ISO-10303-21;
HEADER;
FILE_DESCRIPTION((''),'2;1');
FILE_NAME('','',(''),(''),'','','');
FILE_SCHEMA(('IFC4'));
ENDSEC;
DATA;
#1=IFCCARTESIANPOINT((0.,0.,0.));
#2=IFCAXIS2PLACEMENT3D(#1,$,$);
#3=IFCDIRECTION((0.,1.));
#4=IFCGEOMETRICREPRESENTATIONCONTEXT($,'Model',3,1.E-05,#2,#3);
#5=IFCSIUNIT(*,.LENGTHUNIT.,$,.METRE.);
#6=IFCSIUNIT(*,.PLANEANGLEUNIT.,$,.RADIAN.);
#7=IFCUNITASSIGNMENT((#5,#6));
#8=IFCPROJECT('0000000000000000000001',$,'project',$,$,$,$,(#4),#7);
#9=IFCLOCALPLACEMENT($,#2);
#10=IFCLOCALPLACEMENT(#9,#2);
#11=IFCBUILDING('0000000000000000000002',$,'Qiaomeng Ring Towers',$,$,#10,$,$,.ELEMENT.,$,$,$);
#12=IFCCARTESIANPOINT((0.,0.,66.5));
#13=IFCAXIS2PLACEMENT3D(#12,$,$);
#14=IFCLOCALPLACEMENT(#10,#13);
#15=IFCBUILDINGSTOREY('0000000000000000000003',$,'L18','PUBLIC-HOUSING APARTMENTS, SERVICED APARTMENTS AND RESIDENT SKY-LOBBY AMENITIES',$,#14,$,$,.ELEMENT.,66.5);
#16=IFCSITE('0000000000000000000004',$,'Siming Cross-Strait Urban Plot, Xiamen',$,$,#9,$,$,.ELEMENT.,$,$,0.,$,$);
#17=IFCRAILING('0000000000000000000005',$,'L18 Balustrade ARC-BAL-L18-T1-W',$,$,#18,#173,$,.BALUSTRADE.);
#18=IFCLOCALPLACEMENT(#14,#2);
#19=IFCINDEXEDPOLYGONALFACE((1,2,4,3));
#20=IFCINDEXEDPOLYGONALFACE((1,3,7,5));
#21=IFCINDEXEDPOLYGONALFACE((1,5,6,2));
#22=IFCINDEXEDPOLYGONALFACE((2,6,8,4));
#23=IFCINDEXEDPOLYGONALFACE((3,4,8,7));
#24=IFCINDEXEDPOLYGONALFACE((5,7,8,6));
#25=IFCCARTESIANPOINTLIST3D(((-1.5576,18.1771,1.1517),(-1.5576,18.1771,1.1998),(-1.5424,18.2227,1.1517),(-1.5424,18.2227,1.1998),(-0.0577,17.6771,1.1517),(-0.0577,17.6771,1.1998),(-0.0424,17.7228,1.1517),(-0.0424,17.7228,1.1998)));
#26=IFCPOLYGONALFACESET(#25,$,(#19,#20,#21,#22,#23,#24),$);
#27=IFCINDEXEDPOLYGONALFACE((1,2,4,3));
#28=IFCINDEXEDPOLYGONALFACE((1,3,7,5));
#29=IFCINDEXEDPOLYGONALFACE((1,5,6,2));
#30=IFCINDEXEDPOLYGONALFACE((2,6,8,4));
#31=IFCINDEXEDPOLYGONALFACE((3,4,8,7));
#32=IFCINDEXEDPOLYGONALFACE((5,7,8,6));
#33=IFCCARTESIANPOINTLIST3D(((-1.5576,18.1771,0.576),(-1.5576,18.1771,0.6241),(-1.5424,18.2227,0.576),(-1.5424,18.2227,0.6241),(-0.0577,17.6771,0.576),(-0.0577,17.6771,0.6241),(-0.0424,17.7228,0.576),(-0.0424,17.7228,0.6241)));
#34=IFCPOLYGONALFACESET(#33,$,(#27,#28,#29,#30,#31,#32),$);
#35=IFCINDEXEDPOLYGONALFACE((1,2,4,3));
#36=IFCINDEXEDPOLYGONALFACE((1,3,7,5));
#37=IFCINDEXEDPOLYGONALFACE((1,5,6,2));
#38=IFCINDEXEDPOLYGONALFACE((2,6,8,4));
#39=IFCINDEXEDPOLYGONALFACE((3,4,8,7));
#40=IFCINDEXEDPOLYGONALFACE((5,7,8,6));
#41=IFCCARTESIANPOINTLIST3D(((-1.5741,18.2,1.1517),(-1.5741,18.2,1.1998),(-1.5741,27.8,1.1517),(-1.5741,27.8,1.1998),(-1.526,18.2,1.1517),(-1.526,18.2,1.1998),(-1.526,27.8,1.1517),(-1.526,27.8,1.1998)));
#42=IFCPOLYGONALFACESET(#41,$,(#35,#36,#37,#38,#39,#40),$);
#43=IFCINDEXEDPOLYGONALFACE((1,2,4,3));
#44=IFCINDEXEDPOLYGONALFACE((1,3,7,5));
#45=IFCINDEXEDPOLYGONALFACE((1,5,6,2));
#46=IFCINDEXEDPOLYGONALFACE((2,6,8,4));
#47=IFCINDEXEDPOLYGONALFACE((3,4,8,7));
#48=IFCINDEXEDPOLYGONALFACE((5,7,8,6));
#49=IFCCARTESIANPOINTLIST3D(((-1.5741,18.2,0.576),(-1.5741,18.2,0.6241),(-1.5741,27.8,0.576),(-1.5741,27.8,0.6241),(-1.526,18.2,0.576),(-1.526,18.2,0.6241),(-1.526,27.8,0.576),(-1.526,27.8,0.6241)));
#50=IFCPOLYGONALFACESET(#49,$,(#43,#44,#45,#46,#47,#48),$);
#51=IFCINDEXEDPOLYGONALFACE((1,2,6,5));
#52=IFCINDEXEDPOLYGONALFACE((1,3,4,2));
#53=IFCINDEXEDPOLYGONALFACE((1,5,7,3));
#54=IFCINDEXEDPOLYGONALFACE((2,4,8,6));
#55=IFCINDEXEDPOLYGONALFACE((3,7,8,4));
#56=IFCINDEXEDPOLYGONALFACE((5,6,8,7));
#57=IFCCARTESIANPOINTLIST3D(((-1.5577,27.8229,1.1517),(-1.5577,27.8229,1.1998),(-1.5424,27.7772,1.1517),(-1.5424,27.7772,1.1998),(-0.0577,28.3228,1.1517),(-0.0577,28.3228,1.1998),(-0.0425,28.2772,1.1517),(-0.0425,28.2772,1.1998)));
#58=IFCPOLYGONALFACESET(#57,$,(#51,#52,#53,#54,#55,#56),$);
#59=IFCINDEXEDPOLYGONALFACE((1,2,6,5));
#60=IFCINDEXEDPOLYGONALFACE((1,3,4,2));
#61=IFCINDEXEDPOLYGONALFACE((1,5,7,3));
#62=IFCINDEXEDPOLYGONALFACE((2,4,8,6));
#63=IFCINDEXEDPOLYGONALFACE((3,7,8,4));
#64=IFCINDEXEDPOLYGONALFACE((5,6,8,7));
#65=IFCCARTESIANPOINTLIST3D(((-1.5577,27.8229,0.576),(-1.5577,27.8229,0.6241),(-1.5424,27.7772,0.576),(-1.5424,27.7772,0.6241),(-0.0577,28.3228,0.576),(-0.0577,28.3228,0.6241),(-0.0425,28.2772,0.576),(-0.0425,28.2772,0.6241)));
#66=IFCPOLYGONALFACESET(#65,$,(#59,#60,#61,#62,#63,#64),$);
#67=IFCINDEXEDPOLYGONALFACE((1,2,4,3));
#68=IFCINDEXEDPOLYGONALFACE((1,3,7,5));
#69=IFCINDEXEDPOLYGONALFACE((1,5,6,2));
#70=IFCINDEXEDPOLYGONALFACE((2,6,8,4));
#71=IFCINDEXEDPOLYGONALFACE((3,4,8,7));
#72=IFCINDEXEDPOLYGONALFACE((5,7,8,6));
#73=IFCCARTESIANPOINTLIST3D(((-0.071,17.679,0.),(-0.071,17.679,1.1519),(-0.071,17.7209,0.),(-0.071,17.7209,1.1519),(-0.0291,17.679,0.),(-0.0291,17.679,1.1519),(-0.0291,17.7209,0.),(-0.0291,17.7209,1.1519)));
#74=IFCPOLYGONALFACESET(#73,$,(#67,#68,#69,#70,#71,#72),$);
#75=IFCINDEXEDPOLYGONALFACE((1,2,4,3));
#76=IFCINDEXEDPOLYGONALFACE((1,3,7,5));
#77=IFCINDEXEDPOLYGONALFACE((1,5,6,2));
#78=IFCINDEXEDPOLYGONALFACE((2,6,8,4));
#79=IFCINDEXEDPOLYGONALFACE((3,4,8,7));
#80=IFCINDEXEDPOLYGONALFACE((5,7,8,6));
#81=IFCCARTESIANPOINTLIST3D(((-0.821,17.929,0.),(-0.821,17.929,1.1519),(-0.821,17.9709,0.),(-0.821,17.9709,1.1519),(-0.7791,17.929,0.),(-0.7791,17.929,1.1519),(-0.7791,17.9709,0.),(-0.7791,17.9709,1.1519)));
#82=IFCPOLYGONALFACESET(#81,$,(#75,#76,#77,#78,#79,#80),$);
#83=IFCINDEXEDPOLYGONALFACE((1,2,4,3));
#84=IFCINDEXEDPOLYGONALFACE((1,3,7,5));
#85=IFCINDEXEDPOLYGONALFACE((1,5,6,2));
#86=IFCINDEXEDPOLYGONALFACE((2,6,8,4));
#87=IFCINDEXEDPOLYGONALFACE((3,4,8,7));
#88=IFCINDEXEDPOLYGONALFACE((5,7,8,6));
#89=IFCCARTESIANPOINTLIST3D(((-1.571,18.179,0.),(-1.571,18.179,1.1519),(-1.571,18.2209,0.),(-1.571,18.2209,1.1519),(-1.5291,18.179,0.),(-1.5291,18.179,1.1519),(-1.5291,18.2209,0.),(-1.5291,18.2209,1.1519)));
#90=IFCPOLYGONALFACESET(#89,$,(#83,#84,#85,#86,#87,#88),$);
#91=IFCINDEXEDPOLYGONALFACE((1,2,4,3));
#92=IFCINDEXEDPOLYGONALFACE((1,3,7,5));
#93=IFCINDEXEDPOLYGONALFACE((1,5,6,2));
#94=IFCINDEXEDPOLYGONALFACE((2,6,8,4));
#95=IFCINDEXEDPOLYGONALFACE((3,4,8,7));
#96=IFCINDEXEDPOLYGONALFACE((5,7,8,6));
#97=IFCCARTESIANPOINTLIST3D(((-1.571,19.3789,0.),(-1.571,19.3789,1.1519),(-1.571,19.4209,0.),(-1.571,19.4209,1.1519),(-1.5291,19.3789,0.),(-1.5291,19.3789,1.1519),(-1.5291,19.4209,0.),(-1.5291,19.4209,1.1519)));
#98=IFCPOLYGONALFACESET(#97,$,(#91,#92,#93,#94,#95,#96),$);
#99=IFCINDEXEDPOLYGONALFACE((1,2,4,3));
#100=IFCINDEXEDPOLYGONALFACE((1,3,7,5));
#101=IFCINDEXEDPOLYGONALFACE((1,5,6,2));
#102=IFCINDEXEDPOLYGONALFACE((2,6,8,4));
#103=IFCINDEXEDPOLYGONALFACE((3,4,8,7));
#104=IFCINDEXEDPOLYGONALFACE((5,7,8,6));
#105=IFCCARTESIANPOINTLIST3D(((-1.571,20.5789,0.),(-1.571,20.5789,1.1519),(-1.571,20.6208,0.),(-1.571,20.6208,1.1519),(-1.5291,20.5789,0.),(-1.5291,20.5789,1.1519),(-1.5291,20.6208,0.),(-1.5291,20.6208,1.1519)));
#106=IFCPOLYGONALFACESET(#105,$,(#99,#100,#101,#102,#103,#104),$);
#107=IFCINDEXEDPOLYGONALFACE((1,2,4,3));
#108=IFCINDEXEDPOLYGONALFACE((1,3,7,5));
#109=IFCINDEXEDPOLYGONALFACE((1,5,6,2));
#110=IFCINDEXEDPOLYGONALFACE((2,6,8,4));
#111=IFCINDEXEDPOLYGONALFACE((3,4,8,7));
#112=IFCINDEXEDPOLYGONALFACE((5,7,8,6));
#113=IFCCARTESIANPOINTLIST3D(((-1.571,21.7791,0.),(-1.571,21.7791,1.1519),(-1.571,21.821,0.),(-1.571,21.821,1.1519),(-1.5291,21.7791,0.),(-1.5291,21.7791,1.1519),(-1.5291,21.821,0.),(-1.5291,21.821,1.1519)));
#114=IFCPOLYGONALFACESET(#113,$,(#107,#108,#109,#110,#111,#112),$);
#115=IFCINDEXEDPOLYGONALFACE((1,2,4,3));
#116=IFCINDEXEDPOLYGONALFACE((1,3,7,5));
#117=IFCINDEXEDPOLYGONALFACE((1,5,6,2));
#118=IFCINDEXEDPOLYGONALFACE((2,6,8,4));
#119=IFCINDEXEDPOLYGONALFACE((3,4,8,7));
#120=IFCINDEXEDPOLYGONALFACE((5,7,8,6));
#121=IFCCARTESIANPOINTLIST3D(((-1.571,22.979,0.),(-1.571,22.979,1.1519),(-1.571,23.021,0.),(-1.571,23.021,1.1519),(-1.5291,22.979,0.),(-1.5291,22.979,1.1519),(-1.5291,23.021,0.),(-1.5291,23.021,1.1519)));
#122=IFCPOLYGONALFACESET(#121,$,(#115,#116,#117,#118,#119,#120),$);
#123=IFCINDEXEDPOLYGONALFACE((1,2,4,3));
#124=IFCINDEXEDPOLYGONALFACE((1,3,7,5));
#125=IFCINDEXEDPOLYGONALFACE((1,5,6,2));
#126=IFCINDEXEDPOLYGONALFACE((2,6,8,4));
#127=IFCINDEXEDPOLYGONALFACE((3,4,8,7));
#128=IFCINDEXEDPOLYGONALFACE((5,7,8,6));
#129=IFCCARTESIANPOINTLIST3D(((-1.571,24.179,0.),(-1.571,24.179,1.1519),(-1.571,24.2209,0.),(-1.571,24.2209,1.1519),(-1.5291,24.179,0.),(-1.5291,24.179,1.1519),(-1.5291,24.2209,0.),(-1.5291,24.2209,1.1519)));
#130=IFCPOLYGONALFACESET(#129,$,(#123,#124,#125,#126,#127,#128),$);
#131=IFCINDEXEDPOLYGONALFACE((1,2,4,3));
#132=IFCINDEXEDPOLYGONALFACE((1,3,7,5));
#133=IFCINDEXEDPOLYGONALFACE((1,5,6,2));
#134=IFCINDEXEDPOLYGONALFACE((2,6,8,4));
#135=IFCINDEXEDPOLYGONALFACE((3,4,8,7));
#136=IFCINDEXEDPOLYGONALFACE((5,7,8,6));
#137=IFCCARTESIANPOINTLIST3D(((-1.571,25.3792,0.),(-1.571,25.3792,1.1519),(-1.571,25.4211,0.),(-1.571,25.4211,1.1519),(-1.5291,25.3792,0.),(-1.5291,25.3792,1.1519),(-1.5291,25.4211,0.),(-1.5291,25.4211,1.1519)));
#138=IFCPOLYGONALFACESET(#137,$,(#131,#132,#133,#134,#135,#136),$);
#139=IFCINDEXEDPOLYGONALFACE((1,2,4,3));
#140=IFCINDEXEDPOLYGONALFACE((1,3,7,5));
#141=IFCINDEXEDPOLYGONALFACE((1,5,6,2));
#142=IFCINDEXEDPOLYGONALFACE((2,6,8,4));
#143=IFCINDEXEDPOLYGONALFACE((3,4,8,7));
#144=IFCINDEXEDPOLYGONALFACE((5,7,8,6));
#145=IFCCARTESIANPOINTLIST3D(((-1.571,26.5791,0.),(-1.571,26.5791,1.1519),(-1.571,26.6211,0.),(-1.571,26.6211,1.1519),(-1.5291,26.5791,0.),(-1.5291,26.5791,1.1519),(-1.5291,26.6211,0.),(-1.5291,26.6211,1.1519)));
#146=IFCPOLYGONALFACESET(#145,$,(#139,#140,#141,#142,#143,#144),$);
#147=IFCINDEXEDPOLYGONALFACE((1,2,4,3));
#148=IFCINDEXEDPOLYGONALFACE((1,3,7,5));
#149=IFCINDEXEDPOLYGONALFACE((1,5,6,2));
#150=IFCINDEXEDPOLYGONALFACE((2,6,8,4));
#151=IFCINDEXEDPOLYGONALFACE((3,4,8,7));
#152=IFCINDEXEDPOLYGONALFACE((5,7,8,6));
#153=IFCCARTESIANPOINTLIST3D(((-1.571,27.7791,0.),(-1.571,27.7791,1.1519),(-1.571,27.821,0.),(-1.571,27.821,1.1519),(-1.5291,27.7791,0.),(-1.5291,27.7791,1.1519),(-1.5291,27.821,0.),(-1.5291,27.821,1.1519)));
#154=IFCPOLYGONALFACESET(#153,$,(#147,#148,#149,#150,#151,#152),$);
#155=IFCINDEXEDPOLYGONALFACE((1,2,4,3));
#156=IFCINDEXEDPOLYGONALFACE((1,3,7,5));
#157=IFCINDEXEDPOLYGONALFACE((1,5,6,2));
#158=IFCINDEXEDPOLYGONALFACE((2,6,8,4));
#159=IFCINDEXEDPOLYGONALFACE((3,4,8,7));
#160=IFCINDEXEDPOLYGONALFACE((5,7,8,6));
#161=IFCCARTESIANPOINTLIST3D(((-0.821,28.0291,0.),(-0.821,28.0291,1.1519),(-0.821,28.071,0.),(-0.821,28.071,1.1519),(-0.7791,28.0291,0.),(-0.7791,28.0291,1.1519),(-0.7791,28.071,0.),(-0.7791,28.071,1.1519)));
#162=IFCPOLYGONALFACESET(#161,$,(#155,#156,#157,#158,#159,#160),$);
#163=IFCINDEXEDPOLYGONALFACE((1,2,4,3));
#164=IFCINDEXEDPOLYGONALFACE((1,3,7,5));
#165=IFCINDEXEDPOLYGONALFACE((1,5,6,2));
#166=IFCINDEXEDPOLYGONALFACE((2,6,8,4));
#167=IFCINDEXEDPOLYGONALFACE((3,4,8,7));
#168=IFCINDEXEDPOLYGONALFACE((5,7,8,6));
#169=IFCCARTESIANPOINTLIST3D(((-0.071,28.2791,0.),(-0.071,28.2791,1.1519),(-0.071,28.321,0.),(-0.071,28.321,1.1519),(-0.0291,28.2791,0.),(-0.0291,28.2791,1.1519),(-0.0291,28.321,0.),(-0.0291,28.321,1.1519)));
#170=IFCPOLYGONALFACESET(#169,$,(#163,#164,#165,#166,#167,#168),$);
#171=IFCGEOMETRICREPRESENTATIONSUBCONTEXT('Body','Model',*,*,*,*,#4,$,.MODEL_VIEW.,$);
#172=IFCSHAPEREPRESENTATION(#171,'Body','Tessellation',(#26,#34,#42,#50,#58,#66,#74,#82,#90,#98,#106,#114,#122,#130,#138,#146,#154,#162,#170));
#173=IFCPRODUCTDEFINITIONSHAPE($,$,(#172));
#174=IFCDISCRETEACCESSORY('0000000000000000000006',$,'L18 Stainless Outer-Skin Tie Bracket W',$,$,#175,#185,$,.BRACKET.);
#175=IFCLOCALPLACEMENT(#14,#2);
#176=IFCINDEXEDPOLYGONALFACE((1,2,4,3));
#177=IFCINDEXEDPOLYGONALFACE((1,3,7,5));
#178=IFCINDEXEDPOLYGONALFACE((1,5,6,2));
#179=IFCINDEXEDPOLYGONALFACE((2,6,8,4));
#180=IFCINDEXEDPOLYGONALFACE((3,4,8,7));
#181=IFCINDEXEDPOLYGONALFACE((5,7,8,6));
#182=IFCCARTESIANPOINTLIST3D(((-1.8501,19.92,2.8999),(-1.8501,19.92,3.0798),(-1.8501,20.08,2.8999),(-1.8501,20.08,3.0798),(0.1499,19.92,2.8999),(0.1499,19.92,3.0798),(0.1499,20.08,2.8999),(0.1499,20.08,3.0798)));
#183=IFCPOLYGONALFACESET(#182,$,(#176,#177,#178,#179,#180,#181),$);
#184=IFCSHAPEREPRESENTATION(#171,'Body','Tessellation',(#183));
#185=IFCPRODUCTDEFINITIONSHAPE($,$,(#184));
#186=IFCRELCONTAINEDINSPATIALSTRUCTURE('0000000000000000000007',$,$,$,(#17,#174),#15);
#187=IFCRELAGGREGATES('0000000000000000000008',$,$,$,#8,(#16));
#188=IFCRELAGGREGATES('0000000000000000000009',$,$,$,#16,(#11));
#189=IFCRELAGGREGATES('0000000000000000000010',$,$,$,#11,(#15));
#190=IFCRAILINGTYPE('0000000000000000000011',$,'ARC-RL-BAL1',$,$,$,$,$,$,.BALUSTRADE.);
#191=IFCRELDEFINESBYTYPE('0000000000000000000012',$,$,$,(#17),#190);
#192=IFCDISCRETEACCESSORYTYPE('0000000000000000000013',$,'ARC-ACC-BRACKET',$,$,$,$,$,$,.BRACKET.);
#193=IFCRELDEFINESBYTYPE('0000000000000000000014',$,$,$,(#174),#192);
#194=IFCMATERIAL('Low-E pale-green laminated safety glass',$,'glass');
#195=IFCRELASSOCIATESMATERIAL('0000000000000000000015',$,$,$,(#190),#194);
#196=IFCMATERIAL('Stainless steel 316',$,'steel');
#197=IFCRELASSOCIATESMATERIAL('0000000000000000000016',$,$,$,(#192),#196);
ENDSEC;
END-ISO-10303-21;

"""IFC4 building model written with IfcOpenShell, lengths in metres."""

from ifc_helpers import new_model, si_unit, direction, frame, origin, origin_2d, place, context, subcontext, project, spatial, rectangle, extrude, source, transform, mapped, material, type_object, element, save


model = new_model("IFC4")

# Units and contexts
model_context = context("Model", 3, precision=1e-05, world=origin(), true_north=direction((0.0, 1.0)))
body_context = subcontext(model_context, "Body", "Model", "MODEL_VIEW")
ifc_project = project(units=[si_unit("LENGTHUNIT", "METRE"), si_unit("PLANEANGLEUNIT", "RADIAN")], contexts=[model_context])

# Site, building, storey
site_placement = place(None, origin())
site = spatial("IfcSite", under=ifc_project, at=site_placement, Name="Siming Cross-Strait Urban Plot, Xiamen", CompositionType="ELEMENT", RefElevation=0.0)
building_placement = place(site_placement, origin())
building = spatial("IfcBuilding", under=site, at=building_placement, Name="Qiaomeng Ring Towers", CompositionType="ELEMENT")
storey_placement = place(building_placement, frame((0.0, 0.0, 66.5)))
storey = spatial("IfcBuildingStorey", under=building, at=storey_placement, Name="L18", Description="PUBLIC-HOUSING APARTMENTS, SERVICED APARTMENTS AND RESIDENT SKY-LOBBY AMENITIES", CompositionType="ELEMENT", Elevation=66.5)

# Shared definitions
ifc_material_1 = material(Name="Stainless steel 316", Category="steel")

# Railing
ifc_material_2 = material(Name="Low-E pale-green laminated safety glass", Category="glass")
railing_type = type_object("IfcRailingType", Name="ARC-RL-BAL1", PredefinedType="BALUSTRADE", material=ifc_material_2)
railing_1_placement = place(storey_placement, frame((-0.05, 17.7, 0.0)))
element("IfcRailing", 1, at=railing_1_placement, inside=storey, type_object=railing_type, Name="L18 Balustrade ARC-BAL-L18-T1-W", PredefinedType="BALUSTRADE", context=body_context, shape_type="SweptSolid", body=[
    extrude(rectangle(XDim=0.0481, YDim=0.0481, at=origin_2d()), frame((0.0, 0.0, 1.1758), z_axis=(-0.948683, 0.316228, 0.0), x_axis=(-0.316228, -0.948683, 0.0)), (0.0, 0.0, 1.0), 1.5811),
    extrude(rectangle(XDim=0.0481, YDim=0.0481, at=origin_2d()), frame((0.0, 0.0, 0.6001), z_axis=(-0.948683, 0.316228, 0.0), x_axis=(-0.316228, -0.948683, 0.0)), (0.0, 0.0, 1.0), 1.5811),
    extrude(rectangle(XDim=0.0481, YDim=0.0481, at=origin_2d()), frame((-1.5, 0.5, 1.1758), z_axis=(0.0, 1.0, 0.0), x_axis=(-1.0, 0.0, 0.0)), (0.0, 0.0, 1.0), 9.6001),
    extrude(rectangle(XDim=0.0481, YDim=0.0481, at=origin_2d()), frame((-1.5, 0.5, 0.6001), z_axis=(0.0, 1.0, 0.0), x_axis=(-1.0, 0.0, 0.0)), (0.0, 0.0, 1.0), 9.6001),
    extrude(rectangle(XDim=0.0481, YDim=0.0481, at=origin_2d()), frame((-1.5, 10.1001, 1.1758), z_axis=(0.948683, 0.316228, 0.0), x_axis=(-0.316228, 0.948683, 0.0)), (0.0, 0.0, 1.0), 1.5811),
    extrude(rectangle(XDim=0.0481, YDim=0.0481, at=origin_2d()), frame((-1.5, 10.1001, 0.6001), z_axis=(0.948683, 0.316228, 0.0), x_axis=(-0.316228, 0.948683, 0.0)), (0.0, 0.0, 1.0), 1.5811),
    extrude(rectangle(XDim=0.042, YDim=0.042, at=origin_2d()), origin(), (0.0, 0.0, 1.0), 1.1519),
    extrude(rectangle(XDim=0.042, YDim=0.042, at=origin_2d()), frame((-0.75, 0.25, 0.0)), (0.0, 0.0, 1.0), 1.1519),
    extrude(rectangle(XDim=0.042, YDim=0.042, at=origin_2d()), frame((-1.5, 0.5, 0.0)), (0.0, 0.0, 1.0), 1.1519),
    extrude(rectangle(XDim=0.042, YDim=0.042, at=origin_2d()), frame((-1.5, 1.7, 0.0)), (0.0, 0.0, 1.0), 1.1519),
    extrude(rectangle(XDim=0.042, YDim=0.042, at=origin_2d()), frame((-1.5, 2.8999, 0.0)), (0.0, 0.0, 1.0), 1.1519),
    extrude(rectangle(XDim=0.042, YDim=0.042, at=origin_2d()), frame((-1.5, 4.1001, 0.0)), (0.0, 0.0, 1.0), 1.1519),
    extrude(rectangle(XDim=0.042, YDim=0.042, at=origin_2d()), frame((-1.5, 5.3, 0.0)), (0.0, 0.0, 1.0), 1.1519),
    extrude(rectangle(XDim=0.042, YDim=0.042, at=origin_2d()), frame((-1.5, 6.5, 0.0)), (0.0, 0.0, 1.0), 1.1519),
    extrude(rectangle(XDim=0.042, YDim=0.042, at=origin_2d()), frame((-1.5, 7.7002, 0.0)), (0.0, 0.0, 1.0), 1.1519),
    extrude(rectangle(XDim=0.042, YDim=0.042, at=origin_2d()), frame((-1.5, 8.9001, 0.0)), (0.0, 0.0, 1.0), 1.1519),
    extrude(rectangle(XDim=0.042, YDim=0.042, at=origin_2d()), frame((-1.5, 10.1001, 0.0)), (0.0, 0.0, 1.0), 1.1519),
    extrude(rectangle(XDim=0.042, YDim=0.042, at=origin_2d()), frame((-0.75, 10.3501, 0.0)), (0.0, 0.0, 1.0), 1.1519),
    extrude(rectangle(XDim=0.042, YDim=0.042, at=origin_2d()), frame((0.0, 10.6001, 0.0)), (0.0, 0.0, 1.0), 1.1519),
])

# Discrete accessory
discrete_accessory_type = type_object("IfcDiscreteAccessoryType", Name="ARC-ACC-BRACKET", PredefinedType="BRACKET", material=ifc_material_1)
shared_shape_1 = source(origin(), body_context, "Body", "SweptSolid", [
    extrude(rectangle(XDim=2.0, YDim=0.1599, at=origin_2d()), origin(), (0.0, 0.0, 1.0), 0.1799),
])
discrete_accessory_placement = place(storey_placement, frame((-0.8501, 20.0, 2.8999), z_axis=(0.0, 0.0, 1.0), x_axis=(1.0, 0.0, 0.0)))
element("IfcDiscreteAccessory", 2, at=discrete_accessory_placement, inside=storey, type_object=discrete_accessory_type, Name="L18 Stainless Outer-Skin Tie Bracket W", PredefinedType="BRACKET", context=body_context, shape_type="MappedRepresentation", body=[
    mapped(shared_shape_1, transform((0.0, 0.0, 0.0), x_axis=(1.0, 0.0, 0.0), y_axis=(0.0, 1.0, 0.0), z_axis=(0.0, 0.0, 1.0), scale=1.0)),
])

save(model, "model.ifc")
